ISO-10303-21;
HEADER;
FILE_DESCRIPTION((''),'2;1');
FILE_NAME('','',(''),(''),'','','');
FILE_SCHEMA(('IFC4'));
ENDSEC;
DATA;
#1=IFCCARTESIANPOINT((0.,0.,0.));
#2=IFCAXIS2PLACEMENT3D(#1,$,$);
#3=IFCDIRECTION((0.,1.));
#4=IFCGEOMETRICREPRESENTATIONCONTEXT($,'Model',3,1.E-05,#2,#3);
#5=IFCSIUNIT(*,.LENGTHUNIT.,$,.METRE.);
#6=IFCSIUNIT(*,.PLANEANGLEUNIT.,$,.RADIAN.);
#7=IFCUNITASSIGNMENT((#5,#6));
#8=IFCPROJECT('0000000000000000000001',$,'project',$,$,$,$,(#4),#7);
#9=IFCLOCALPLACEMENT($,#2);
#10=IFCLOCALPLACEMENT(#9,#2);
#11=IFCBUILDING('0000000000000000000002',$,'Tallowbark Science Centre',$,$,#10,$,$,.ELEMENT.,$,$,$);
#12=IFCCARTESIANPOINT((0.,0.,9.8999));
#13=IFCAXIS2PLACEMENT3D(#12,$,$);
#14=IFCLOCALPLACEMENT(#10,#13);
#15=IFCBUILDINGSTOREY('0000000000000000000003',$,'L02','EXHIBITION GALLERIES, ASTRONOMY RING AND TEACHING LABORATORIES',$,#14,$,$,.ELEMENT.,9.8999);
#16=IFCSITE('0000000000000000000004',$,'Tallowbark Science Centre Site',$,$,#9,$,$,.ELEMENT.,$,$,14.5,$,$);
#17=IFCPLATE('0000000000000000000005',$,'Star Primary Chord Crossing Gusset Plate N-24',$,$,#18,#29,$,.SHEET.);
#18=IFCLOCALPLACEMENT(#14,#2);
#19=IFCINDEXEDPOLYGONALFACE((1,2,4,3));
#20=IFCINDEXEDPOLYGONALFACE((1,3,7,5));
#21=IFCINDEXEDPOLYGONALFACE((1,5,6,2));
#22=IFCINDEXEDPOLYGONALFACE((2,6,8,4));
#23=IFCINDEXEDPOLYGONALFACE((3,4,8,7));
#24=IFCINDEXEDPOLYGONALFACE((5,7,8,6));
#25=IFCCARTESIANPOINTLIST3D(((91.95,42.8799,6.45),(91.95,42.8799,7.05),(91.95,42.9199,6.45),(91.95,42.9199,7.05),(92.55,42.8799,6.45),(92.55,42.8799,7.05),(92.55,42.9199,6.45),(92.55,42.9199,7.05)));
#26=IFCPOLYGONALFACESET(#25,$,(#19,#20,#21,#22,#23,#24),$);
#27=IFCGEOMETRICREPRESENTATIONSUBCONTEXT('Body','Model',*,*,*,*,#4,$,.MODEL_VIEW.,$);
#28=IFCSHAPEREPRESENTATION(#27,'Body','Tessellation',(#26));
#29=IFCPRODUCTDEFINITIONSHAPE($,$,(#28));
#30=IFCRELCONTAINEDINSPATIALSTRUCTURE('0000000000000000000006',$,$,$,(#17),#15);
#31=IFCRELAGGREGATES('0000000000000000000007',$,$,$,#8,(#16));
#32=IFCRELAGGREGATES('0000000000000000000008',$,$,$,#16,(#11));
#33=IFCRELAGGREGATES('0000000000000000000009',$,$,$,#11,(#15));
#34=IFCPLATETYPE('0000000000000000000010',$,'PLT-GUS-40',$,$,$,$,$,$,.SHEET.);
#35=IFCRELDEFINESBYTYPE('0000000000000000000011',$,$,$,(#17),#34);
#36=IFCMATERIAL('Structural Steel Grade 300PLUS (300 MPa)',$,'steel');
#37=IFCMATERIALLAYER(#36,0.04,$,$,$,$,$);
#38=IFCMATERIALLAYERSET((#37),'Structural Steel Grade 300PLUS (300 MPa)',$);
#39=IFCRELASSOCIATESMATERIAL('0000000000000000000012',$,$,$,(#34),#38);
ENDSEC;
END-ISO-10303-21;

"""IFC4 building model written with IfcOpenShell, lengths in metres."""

from ifc_helpers import new_model, si_unit, direction, frame, origin, origin_2d, place, context, subcontext, project, spatial, rectangle, extrude, material, layer, layer_set, type_object, element, save


model = new_model("IFC4")

# Units and contexts
model_context = context("Model", 3, precision=1e-05, world=origin(), true_north=direction((0.0, 1.0)))
body_context = subcontext(model_context, "Body", "Model", "MODEL_VIEW")
ifc_project = project(units=[si_unit("LENGTHUNIT", "METRE"), si_unit("PLANEANGLEUNIT", "RADIAN")], contexts=[model_context])

# Site, building, storey
site_placement = place(None, origin())
site = spatial("IfcSite", under=ifc_project, at=site_placement, Name="Tallowbark Science Centre Site", CompositionType="ELEMENT", RefElevation=14.5)
building_placement = place(site_placement, origin())
building = spatial("IfcBuilding", under=site, at=building_placement, Name="Tallowbark Science Centre", CompositionType="ELEMENT")
storey_placement = place(building_placement, frame((0.0, 0.0, 9.8999)))
storey = spatial("IfcBuildingStorey", under=building, at=storey_placement, Name="L02", Description="EXHIBITION GALLERIES, ASTRONOMY RING AND TEACHING LABORATORIES", CompositionType="ELEMENT", Elevation=9.8999)

# Plate
ifc_material_1 = material(Name="Structural Steel Grade 300PLUS (300 MPa)", Category="steel")
ifc_layer_1 = layer(ifc_material_1, 0.04)
ifc_layer_set_1 = layer_set([ifc_layer_1], Name="Structural Steel Grade 300PLUS (300 MPa)")
plate_type_1 = type_object("IfcPlateType", Name="PLT-GUS-40", PredefinedType="SHEET", material=ifc_layer_set_1)
plate_1_placement = place(storey_placement, frame((92.25, 42.8999, 6.45), z_axis=(0.0, 0.0, 1.0), x_axis=(1.0, 0.0, 0.0)))
element("IfcPlate", 1, at=plate_1_placement, inside=storey, type_object=plate_type_1, Name="Star Primary Chord Crossing Gusset Plate N-24", PredefinedType="SHEET", context=body_context, shape_type="SweptSolid", body=[
    extrude(rectangle(XDim=0.6001, YDim=0.04, at=origin_2d()), origin(), (0.0, 0.0, 1.0), 0.6001),
])

save(model, "model.ifc")
